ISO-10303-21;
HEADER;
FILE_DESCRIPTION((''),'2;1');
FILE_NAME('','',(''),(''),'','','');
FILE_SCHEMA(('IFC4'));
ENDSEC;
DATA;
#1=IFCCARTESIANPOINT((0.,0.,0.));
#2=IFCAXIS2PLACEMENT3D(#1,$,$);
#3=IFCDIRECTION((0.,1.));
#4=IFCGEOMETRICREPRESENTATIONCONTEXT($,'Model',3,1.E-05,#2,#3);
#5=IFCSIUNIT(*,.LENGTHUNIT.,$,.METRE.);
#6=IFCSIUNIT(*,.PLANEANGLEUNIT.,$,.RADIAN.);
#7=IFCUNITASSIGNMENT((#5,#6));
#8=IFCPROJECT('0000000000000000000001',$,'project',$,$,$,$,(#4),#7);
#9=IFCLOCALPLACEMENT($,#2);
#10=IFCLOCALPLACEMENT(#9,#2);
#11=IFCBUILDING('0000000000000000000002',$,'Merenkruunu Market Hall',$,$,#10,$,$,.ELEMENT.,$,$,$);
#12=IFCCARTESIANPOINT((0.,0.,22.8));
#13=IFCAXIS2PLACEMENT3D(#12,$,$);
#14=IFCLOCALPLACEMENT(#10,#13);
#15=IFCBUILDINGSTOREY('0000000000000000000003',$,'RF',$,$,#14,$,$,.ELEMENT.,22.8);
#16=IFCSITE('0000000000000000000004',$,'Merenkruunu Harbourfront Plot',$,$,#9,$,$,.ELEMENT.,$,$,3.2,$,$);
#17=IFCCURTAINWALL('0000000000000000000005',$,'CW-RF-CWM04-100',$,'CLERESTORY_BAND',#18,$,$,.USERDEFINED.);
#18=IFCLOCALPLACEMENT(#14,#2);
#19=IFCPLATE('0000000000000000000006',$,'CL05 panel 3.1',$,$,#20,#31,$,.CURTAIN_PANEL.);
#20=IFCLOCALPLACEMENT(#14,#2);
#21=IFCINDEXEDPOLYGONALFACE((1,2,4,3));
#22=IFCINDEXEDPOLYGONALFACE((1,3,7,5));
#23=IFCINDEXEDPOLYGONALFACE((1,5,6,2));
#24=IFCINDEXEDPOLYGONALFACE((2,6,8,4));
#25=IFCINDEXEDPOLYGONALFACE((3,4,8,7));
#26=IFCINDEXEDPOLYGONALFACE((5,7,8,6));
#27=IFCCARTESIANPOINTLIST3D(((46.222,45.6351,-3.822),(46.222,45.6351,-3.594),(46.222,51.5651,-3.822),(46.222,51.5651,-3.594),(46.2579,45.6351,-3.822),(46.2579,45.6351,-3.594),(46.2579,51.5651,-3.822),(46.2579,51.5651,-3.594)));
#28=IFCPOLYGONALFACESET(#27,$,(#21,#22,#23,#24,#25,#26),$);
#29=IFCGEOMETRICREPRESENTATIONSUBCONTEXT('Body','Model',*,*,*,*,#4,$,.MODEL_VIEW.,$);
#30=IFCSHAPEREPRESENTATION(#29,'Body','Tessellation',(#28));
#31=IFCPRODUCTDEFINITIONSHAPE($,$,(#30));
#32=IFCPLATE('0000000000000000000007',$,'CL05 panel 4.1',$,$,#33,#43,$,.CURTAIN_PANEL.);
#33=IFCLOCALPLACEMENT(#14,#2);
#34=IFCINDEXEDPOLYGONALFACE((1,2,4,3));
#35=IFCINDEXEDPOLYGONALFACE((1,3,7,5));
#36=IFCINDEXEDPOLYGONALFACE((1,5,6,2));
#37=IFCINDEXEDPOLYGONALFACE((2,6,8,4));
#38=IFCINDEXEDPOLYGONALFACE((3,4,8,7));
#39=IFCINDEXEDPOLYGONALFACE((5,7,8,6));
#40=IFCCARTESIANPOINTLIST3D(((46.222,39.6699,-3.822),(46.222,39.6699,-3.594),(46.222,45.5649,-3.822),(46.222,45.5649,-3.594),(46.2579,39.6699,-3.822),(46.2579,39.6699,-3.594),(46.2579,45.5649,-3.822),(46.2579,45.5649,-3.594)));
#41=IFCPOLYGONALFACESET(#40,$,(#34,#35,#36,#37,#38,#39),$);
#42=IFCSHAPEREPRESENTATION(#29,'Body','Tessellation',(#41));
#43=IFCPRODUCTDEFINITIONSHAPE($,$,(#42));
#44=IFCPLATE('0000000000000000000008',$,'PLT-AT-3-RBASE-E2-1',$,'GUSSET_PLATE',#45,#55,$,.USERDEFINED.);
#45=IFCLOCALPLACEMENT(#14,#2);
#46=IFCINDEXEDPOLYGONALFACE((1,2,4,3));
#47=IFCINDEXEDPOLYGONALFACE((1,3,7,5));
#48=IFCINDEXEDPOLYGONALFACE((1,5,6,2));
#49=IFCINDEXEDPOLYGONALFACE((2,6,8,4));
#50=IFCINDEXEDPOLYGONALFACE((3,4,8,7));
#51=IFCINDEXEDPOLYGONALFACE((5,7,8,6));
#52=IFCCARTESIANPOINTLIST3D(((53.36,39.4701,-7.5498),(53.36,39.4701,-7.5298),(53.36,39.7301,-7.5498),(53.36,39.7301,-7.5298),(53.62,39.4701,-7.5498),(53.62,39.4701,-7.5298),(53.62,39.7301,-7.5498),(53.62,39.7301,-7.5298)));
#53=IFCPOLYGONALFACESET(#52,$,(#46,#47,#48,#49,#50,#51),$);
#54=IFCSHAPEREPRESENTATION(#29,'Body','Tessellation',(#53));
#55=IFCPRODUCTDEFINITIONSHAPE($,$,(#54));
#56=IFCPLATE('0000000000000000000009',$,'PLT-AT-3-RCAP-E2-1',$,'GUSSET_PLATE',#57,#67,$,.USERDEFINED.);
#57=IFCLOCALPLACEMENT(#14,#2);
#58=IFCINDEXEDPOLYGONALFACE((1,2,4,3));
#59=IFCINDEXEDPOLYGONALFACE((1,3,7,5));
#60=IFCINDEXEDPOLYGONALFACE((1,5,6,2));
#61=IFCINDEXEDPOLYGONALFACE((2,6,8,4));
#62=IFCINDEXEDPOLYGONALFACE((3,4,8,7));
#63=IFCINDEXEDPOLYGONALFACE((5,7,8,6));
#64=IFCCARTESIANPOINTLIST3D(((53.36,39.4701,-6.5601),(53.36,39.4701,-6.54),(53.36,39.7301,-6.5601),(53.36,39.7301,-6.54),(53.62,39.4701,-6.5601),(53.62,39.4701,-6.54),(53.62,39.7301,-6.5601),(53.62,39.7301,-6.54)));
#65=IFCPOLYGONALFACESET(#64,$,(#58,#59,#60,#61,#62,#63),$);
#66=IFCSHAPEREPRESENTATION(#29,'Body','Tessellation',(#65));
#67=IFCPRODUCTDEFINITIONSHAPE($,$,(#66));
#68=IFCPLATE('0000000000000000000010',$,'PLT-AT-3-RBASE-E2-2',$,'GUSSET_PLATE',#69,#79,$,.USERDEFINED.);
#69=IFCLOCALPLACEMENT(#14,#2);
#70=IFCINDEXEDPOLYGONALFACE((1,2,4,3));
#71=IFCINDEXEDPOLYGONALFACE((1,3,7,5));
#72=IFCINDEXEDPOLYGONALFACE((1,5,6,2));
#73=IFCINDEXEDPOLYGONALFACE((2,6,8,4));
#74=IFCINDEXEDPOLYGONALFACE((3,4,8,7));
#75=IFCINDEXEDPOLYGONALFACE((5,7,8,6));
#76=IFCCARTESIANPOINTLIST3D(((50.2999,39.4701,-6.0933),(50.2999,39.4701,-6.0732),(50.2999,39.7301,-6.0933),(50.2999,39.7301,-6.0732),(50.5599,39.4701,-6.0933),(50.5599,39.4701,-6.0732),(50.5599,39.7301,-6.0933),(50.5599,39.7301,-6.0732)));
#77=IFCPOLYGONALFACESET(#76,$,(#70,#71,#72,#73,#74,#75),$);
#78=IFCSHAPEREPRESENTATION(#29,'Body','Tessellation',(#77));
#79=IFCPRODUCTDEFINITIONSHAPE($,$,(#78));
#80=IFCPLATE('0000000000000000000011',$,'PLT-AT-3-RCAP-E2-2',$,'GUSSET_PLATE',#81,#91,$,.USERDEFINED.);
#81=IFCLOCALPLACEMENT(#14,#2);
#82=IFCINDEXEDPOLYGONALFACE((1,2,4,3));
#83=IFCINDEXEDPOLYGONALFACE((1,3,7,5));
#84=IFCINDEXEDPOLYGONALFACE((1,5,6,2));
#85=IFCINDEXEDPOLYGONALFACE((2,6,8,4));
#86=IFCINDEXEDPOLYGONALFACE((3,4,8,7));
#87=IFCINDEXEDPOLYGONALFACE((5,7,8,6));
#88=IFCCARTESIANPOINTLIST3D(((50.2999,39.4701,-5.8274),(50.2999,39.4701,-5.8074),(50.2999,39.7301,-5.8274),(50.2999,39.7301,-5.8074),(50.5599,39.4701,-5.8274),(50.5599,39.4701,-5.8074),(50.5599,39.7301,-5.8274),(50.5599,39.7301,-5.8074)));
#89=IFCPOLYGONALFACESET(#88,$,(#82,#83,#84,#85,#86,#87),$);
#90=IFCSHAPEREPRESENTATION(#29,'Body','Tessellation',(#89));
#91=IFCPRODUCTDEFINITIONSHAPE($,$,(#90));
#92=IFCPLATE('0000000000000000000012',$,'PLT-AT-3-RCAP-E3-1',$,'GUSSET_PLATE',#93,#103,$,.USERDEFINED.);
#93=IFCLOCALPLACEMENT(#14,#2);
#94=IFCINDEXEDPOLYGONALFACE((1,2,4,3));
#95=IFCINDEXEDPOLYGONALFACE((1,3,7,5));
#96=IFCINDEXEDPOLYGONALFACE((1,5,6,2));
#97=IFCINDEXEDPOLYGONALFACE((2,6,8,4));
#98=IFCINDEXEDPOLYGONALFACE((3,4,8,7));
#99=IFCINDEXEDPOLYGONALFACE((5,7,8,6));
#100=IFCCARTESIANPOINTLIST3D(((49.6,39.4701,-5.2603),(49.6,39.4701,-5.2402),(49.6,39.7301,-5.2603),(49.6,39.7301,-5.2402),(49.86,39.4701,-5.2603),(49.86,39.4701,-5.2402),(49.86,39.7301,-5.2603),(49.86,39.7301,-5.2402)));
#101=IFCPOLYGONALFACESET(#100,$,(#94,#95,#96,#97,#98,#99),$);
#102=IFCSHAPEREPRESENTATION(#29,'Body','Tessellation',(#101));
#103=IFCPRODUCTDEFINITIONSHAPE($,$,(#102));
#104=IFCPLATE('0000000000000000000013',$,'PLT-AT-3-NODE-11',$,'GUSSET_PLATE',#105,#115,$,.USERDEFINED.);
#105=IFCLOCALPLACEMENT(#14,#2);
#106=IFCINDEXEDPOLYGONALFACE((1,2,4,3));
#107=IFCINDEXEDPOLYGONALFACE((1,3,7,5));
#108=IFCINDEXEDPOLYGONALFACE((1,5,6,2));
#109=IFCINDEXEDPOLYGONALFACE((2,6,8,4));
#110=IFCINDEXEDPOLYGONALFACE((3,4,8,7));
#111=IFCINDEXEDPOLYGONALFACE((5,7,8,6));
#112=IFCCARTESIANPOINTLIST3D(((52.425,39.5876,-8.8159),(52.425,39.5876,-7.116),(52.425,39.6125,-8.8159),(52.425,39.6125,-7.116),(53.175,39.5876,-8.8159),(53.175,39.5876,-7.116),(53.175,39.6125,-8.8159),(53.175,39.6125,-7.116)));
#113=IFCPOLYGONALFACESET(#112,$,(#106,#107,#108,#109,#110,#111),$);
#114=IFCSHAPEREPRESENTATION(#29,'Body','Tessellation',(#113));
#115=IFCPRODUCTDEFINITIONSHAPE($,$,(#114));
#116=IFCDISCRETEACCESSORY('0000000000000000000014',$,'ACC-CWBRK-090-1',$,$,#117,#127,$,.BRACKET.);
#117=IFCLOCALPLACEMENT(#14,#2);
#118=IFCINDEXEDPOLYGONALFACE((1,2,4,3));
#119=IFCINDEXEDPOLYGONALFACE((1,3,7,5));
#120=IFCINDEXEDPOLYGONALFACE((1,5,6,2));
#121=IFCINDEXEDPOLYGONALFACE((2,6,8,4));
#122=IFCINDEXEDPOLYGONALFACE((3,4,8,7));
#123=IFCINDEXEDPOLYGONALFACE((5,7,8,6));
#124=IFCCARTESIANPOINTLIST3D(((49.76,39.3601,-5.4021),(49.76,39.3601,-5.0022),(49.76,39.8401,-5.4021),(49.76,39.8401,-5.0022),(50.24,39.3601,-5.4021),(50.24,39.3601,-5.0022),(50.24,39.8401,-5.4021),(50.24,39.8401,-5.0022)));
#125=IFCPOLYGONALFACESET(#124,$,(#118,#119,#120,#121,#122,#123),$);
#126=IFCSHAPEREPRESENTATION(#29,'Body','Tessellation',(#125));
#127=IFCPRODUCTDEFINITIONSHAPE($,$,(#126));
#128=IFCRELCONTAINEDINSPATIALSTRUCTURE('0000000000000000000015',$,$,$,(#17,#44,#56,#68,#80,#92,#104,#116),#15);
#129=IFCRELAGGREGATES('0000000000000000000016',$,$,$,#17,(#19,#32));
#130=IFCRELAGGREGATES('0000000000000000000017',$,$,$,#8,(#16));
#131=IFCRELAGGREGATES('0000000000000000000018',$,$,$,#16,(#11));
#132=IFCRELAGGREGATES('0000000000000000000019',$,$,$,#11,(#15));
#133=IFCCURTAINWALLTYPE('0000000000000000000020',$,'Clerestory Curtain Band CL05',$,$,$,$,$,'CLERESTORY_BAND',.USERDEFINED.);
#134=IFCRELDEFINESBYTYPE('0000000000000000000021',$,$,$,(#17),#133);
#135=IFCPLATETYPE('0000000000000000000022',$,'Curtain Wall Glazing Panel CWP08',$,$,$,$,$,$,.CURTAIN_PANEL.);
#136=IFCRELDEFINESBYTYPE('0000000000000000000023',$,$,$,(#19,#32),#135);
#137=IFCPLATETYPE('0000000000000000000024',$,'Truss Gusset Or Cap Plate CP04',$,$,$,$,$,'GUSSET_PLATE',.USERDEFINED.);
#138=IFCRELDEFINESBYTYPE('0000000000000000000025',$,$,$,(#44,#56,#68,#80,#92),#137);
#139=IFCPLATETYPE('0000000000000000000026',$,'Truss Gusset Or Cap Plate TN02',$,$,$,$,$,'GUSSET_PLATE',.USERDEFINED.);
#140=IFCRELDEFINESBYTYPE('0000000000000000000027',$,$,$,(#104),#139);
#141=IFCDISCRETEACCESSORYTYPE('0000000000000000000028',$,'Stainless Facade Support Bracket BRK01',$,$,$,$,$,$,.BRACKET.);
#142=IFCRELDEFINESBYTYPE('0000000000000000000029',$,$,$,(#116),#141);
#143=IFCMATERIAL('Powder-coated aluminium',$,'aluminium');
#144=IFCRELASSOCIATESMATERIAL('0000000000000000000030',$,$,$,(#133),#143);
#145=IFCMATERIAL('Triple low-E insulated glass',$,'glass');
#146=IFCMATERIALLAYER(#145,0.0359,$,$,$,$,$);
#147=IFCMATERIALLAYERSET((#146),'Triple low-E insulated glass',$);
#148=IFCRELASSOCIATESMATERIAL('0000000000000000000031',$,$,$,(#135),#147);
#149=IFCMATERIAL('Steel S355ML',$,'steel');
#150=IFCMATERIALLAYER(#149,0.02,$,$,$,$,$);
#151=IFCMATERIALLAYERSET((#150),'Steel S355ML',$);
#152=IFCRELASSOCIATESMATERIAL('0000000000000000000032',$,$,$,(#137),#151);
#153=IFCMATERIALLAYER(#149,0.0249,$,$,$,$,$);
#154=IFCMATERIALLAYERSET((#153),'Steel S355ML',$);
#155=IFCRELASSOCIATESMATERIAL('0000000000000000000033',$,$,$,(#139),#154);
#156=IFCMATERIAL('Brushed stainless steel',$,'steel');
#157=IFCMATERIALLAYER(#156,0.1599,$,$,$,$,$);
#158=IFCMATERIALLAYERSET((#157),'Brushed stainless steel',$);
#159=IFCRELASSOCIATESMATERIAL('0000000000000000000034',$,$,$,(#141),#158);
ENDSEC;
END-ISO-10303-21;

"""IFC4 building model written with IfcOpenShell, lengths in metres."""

from ifc_helpers import new_model, si_unit, direction, frame, origin, origin_2d, place, context, subcontext, project, spatial, rectangle, extrude, material, layer, layer_set, type_object, element, aggregate, save


model = new_model("IFC4")

# Units and contexts
model_context = context("Model", 3, precision=1e-05, world=origin(), true_north=direction((0.0, 1.0)))
body_context = subcontext(model_context, "Body", "Model", "MODEL_VIEW")
ifc_project = project(units=[si_unit("LENGTHUNIT", "METRE"), si_unit("PLANEANGLEUNIT", "RADIAN")], contexts=[model_context])

# Site, building, storey
site_placement = place(None, origin())
site = spatial("IfcSite", under=ifc_project, at=site_placement, Name="Merenkruunu Harbourfront Plot", CompositionType="ELEMENT", RefElevation=3.2)
building_placement = place(site_placement, origin())
building = spatial("IfcBuilding", under=site, at=building_placement, Name="Merenkruunu Market Hall", CompositionType="ELEMENT")
storey_placement = place(building_placement, frame((0.0, 0.0, 22.8)))
storey = spatial("IfcBuildingStorey", under=building, at=storey_placement, Name="RF", CompositionType="ELEMENT", Elevation=22.8)

# Shared definitions
ifc_material_1 = material(Name="Steel S355ML", Category="steel")

# Curtain wall
ifc_material_2 = material(Name="Powder-coated aluminium", Category="aluminium")
curtain_wall_type = type_object("IfcCurtainWallType", Name="Clerestory Curtain Band CL05", ElementType="CLERESTORY_BAND", PredefinedType="USERDEFINED", material=ifc_material_2)
curtain_wall_1_placement = place(storey_placement, origin())
curtain_wall_1 = element("IfcCurtainWall", 1, at=curtain_wall_1_placement, inside=storey, type_object=curtain_wall_type, Name="CW-RF-CWM04-100", ObjectType="CLERESTORY_BAND", PredefinedType="USERDEFINED")

# Plates
ifc_material_3 = material(Name="Triple low-E insulated glass", Category="glass")
ifc_layer_1 = layer(ifc_material_3, 0.0359)
ifc_layer_set_1 = layer_set([ifc_layer_1], Name="Triple low-E insulated glass")
plate_type_1 = type_object("IfcPlateType", Name="Curtain Wall Glazing Panel CWP08", PredefinedType="CURTAIN_PANEL", material=ifc_layer_set_1)
plate_1_placement = place(storey_placement, frame((46.24, 48.6001, -3.822), z_axis=(0.0, 0.0, 1.0), x_axis=(0.0, -1.0, 0.0)))
plate_1 = element("IfcPlate", 2, at=plate_1_placement, type_object=plate_type_1, Name="CL05 panel 3.1", PredefinedType="CURTAIN_PANEL", context=body_context, shape_type="SweptSolid", body=[
    extrude(rectangle(XDim=5.9299, YDim=0.0359, at=origin_2d()), origin(), (0.0, 0.0, 1.0), 0.228),
])
plate_2_placement = place(storey_placement, frame((46.24, 42.6174, -3.822), z_axis=(0.0, 0.0, 1.0), x_axis=(0.0, -1.0, 0.0)))
plate_2 = element("IfcPlate", 3, at=plate_2_placement, type_object=plate_type_1, Name="CL05 panel 4.1", PredefinedType="CURTAIN_PANEL", context=body_context, shape_type="SweptSolid", body=[
    extrude(rectangle(XDim=5.895, YDim=0.0359, at=origin_2d()), origin(), (0.0, 0.0, 1.0), 0.228),
])
aggregate(curtain_wall_1, [plate_1, plate_2])

# Plates
ifc_layer_2 = layer(ifc_material_1, 0.02)
ifc_layer_set_2 = layer_set([ifc_layer_2], Name="Steel S355ML")
plate_type_2 = type_object("IfcPlateType", Name="Truss Gusset Or Cap Plate CP04", ElementType="GUSSET_PLATE", PredefinedType="USERDEFINED", material=ifc_layer_set_2)
for number, where, z_axis, x_axis, name in (
    (4, (53.49, 39.6001, -7.5498), (0.0, 0.0, 1.0), (1.0, 0.0, 0.0), "PLT-AT-3-RBASE-E2-1"),
    (5, (53.49, 39.6001, -6.5601), (0.0, 0.0, 1.0), (1.0, 0.0, 0.0), "PLT-AT-3-RCAP-E2-1"),
    (6, (50.4299, 39.6001, -6.0933), (0.0, 0.0, 1.0), (1.0, 0.0, 0.0), "PLT-AT-3-RBASE-E2-2"),
    (7, (50.4299, 39.6001, -5.8274), (0.0, 0.0, 1.0), (1.0, 0.0, 0.0), "PLT-AT-3-RCAP-E2-2"),
    (8, (49.73, 39.6001, -5.2603), (0.0, 0.0, 1.0), (1.0, 0.0, 0.0), "PLT-AT-3-RCAP-E3-1"),
):
    element("IfcPlate", number, at=place(storey_placement, frame(where, z_axis=z_axis, x_axis=x_axis)), inside=storey, type_object=plate_type_2, Name=name, ObjectType="GUSSET_PLATE", PredefinedType="USERDEFINED", context=body_context, shape_type="SweptSolid", body=[
        extrude(rectangle(XDim=0.26, YDim=0.26, at=origin_2d()), origin(), (0.0, 0.0, 1.0), 0.02),
    ])
ifc_layer_3 = layer(ifc_material_1, 0.0249)
ifc_layer_set_3 = layer_set([ifc_layer_3], Name="Steel S355ML")
plate_type_3 = type_object("IfcPlateType", Name="Truss Gusset Or Cap Plate TN02", ElementType="GUSSET_PLATE", PredefinedType="USERDEFINED", material=ifc_layer_set_3)
plate_3_placement = place(storey_placement, frame((52.8, 39.6001, -8.8159), z_axis=(0.0, 0.0, 1.0), x_axis=(1.0, 0.0, 0.0)))
element("IfcPlate", 9, at=plate_3_placement, inside=storey, type_object=plate_type_3, Name="PLT-AT-3-NODE-11", ObjectType="GUSSET_PLATE", PredefinedType="USERDEFINED", context=body_context, shape_type="SweptSolid", body=[
    extrude(rectangle(XDim=0.75, YDim=0.0249, at=origin_2d()), origin(), (0.0, 0.0, 1.0), 1.7),
])

# Discrete accessory
ifc_material_4 = material(Name="Brushed stainless steel", Category="steel")
ifc_layer_4 = layer(ifc_material_4, 0.1599)
ifc_layer_set_4 = layer_set([ifc_layer_4], Name="Brushed stainless steel")
discrete_accessory_type = type_object("IfcDiscreteAccessoryType", Name="Stainless Facade Support Bracket BRK01", PredefinedType="BRACKET", material=ifc_layer_set_4)
discrete_accessory_placement = place(storey_placement, frame((50.0, 39.6001, -5.4021), z_axis=(0.0, 0.0, 1.0), x_axis=(1.0, 0.0, 0.0)))
element("IfcDiscreteAccessory", 10, at=discrete_accessory_placement, inside=storey, type_object=discrete_accessory_type, Name="ACC-CWBRK-090-1", PredefinedType="BRACKET", context=body_context, shape_type="SweptSolid", body=[
    extrude(rectangle(XDim=0.48, YDim=0.48, at=origin_2d()), origin(), (0.0, 0.0, 1.0), 0.3999),
])

save(model, "model.ifc")
